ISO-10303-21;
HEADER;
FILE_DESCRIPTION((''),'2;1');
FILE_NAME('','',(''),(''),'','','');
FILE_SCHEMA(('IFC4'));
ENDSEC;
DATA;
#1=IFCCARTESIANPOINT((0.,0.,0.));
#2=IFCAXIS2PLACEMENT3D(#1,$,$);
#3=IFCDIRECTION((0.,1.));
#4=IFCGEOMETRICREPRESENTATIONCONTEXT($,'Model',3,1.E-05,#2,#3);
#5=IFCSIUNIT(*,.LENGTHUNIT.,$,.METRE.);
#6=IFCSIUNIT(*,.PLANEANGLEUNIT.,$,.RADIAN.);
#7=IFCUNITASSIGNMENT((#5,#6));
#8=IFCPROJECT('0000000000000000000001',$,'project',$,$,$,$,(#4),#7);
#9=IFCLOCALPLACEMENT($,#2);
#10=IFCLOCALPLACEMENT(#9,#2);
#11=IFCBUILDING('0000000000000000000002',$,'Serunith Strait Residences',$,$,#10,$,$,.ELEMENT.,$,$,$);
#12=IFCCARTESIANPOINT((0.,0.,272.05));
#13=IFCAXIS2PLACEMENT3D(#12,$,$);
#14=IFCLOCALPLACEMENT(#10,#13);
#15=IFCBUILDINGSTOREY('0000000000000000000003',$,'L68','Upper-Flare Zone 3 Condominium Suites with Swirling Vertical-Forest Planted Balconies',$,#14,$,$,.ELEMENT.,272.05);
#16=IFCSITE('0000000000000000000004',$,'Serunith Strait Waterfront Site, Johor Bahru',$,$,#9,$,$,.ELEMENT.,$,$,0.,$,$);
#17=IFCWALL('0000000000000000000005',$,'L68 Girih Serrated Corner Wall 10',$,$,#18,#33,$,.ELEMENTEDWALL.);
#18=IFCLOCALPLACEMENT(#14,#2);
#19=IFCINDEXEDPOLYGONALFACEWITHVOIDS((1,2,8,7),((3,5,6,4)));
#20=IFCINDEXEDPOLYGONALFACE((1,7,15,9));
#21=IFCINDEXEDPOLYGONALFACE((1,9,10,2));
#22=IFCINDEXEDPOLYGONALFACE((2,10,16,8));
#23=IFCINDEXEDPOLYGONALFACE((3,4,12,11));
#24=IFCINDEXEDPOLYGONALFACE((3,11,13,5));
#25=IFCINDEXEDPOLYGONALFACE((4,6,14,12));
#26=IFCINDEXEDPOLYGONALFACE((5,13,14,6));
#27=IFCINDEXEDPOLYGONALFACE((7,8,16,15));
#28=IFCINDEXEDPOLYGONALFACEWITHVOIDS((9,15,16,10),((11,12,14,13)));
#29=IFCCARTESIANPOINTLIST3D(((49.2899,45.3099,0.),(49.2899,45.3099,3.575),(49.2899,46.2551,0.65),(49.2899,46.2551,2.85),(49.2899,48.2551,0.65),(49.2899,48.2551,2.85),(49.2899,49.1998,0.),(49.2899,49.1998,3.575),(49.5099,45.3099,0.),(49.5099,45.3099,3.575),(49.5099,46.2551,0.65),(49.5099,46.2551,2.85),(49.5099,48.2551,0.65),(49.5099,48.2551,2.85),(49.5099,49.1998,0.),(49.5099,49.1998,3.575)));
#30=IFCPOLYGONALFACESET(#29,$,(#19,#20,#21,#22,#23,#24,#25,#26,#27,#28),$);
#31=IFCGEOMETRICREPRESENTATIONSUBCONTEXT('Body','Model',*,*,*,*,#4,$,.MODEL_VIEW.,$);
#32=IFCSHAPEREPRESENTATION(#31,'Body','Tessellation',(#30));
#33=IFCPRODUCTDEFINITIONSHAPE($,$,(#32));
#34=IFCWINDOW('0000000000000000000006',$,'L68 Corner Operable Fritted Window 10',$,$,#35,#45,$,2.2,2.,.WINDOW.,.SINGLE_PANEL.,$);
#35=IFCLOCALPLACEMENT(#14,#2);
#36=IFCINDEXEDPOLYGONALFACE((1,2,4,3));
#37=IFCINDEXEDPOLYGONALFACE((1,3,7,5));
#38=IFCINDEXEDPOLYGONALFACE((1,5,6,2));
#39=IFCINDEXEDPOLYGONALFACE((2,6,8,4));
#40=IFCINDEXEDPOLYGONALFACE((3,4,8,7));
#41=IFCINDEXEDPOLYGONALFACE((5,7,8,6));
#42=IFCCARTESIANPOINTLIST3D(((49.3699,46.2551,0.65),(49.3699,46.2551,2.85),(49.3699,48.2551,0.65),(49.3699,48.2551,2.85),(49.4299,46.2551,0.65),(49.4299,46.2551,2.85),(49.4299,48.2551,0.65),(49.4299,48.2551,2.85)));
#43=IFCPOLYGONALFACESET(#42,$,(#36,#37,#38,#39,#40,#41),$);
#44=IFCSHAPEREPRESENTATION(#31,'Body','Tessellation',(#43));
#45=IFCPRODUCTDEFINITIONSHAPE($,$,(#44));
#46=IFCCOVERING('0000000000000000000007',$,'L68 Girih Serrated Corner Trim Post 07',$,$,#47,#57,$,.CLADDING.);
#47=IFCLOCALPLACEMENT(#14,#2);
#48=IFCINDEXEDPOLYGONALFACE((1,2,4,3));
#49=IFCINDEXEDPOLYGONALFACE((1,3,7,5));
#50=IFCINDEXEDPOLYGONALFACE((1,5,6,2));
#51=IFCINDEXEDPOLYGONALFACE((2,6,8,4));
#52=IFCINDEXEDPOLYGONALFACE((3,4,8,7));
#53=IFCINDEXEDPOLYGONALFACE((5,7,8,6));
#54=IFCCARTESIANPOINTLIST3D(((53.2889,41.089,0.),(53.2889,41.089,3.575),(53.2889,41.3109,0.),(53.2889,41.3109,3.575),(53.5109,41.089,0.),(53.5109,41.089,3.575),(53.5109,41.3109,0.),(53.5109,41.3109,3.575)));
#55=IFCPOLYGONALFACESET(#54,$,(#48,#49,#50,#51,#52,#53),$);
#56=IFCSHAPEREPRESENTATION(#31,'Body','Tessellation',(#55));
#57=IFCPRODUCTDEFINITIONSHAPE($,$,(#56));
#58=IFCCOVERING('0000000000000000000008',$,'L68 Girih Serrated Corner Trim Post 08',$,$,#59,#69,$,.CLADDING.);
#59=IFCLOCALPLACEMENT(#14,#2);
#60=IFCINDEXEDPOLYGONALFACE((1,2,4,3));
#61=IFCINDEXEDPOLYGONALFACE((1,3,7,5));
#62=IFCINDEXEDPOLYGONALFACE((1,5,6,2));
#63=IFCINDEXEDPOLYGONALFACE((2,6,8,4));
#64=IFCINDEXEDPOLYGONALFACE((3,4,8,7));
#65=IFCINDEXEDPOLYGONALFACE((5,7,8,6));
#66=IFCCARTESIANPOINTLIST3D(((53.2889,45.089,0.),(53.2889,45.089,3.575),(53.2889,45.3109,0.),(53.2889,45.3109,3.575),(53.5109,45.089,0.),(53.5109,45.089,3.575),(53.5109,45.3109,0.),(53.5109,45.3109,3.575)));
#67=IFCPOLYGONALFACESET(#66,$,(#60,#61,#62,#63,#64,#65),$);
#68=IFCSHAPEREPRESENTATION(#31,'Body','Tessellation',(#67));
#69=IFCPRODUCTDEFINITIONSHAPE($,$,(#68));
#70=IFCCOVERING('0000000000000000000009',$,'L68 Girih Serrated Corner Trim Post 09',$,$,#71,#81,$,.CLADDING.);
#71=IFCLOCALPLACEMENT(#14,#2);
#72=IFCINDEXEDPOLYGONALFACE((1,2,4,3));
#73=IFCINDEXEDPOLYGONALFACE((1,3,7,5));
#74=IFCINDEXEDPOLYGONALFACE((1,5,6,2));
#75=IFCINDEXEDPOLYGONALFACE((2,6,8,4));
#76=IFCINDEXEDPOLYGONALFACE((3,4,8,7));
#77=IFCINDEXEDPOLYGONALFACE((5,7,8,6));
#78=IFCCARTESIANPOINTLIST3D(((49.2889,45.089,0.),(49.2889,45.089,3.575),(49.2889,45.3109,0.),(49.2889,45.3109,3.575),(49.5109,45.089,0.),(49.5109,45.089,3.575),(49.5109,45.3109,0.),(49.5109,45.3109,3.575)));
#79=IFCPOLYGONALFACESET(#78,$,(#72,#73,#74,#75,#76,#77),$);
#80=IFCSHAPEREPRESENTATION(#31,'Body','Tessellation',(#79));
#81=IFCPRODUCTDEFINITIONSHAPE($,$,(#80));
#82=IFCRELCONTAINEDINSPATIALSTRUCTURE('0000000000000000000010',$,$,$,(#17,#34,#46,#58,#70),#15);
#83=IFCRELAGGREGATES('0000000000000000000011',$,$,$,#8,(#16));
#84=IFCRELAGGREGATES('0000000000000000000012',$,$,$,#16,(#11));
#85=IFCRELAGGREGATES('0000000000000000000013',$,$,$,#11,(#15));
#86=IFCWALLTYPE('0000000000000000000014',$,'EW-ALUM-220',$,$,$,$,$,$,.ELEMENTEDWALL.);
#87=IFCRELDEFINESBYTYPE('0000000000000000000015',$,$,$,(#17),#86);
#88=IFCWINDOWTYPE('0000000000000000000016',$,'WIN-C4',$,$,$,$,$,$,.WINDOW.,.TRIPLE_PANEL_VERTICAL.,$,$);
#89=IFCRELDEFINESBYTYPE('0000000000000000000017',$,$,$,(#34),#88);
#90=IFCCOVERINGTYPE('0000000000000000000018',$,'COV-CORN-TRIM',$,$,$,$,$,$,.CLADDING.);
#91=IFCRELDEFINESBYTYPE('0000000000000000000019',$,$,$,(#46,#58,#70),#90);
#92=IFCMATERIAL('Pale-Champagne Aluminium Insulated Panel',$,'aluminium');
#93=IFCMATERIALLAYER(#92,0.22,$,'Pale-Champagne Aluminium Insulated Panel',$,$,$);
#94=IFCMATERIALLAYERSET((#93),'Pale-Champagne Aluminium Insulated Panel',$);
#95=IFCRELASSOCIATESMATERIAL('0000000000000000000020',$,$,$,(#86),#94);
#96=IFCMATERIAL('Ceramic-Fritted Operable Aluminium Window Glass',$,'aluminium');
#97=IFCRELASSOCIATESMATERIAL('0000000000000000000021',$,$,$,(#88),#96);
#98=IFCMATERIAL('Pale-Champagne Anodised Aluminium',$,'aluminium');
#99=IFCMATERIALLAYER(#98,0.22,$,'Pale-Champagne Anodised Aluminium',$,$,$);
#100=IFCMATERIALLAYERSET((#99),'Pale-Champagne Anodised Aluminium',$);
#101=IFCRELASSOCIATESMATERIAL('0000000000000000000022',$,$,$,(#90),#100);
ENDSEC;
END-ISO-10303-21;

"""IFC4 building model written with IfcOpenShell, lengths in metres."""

from ifc_helpers import new_model, si_unit, direction, frame, frame_2d, origin, origin_2d, place, context, subcontext, project, spatial, rectangle, extrude, source, transform, mapped, material, layer, layer_set, type_object, element, fill, save


model = new_model("IFC4")

# Units and contexts
model_context = context("Model", 3, precision=1e-05, world=origin(), true_north=direction((0.0, 1.0)))
body_context = subcontext(model_context, "Body", "Model", "MODEL_VIEW")
ifc_project = project(units=[si_unit("LENGTHUNIT", "METRE"), si_unit("PLANEANGLEUNIT", "RADIAN")], contexts=[model_context])

# Site, building, storey
site_placement = place(None, origin())
site = spatial("IfcSite", under=ifc_project, at=site_placement, Name="Serunith Strait Waterfront Site, Johor Bahru", CompositionType="ELEMENT", RefElevation=0.0)
building_placement = place(site_placement, origin())
building = spatial("IfcBuilding", under=site, at=building_placement, Name="Serunith Strait Residences", CompositionType="ELEMENT")
storey_placement = place(building_placement, frame((0.0, 0.0, 272.05)))
storey = spatial("IfcBuildingStorey", under=building, at=storey_placement, Name="L68", Description="Upper-Flare Zone 3 Condominium Suites with Swirling Vertical-Forest Planted Balconies", CompositionType="ELEMENT", Elevation=272.05)

# Shared definitions
ifc_material_1 = material(Name="Pale-Champagne Anodised Aluminium", Category="aluminium")

# Wall, opening, window
ifc_material_2 = material(Name="Pale-Champagne Aluminium Insulated Panel", Category="aluminium")
ifc_layer_1 = layer(ifc_material_2, 0.22, Name="Pale-Champagne Aluminium Insulated Panel")
ifc_layer_set_1 = layer_set([ifc_layer_1], Name="Pale-Champagne Aluminium Insulated Panel")
wall_type = type_object("IfcWallType", Name="EW-ALUM-220", PredefinedType="ELEMENTEDWALL", material=ifc_layer_set_1)
ifc_material_3 = material(Name="Ceramic-Fritted Operable Aluminium Window Glass", Category="aluminium")
window_type = type_object("IfcWindowType", Name="WIN-C4", PartitioningType="TRIPLE_PANEL_VERTICAL", PredefinedType="WINDOW", material=ifc_material_3)
shared_shape_1 = source(origin(), body_context, "Body", "SweptSolid", [
    extrude(rectangle(XDim=2.0, YDim=2.2, at=frame_2d((1.0, 1.1001))), frame((0.0, 0.03, 0.0), z_axis=(0.0, -1.0, 0.0), x_axis=(1.0, 0.0, 0.0)), (0.0, 0.0, 1.0), 0.0601),
])
wall_1_placement = place(storey_placement, frame((49.3999, 45.3101, 0.0), z_axis=(0.0, 0.0, 1.0), x_axis=(0.0, 1.0, 0.0)))
wall_1 = element("IfcWall", 1, at=wall_1_placement, inside=storey, type_object=wall_type, Name="L68 Girih Serrated Corner Wall 10", PredefinedType="ELEMENTEDWALL", context=body_context, shape_type="SweptSolid", body=[
    extrude(rectangle(XDim=3.8899, YDim=0.22, at=frame_2d((1.9448, 0.0))), origin(), (0.0, 0.0, 1.0), 3.575),
])
opening_1_placement = place(wall_1_placement, frame((0.9451, 0.0, 0.6499)))
opening_1 = element("IfcOpeningElement", 2, at=opening_1_placement, cuts=wall_1, PredefinedType="OPENING", context=body_context, shape_type="SweptSolid", body=[
    extrude(rectangle(XDim=2.0, YDim=2.2, at=frame_2d((1.0, 1.1001))), frame((0.0, 0.1201, 0.0), z_axis=(0.0, -1.0, 0.0), x_axis=(1.0, 0.0, 0.0)), (0.0, 0.0, 1.0), 0.24),
])
window_1_placement = place(opening_1_placement, origin())
window_1 = element("IfcWindow", 3, at=window_1_placement, inside=storey, type_object=window_type, Name="L68 Corner Operable Fritted Window 10", OverallHeight=2.2, OverallWidth=2.0, PartitioningType="SINGLE_PANEL", PredefinedType="WINDOW", context=body_context, shape_type="MappedRepresentation", body=[
    mapped(shared_shape_1, transform((0.0, 0.0, 0.0), scale=1.0)),
])
fill(opening_1, window_1)

# Coverings
ifc_layer_2 = layer(ifc_material_1, 0.22, Name="Pale-Champagne Anodised Aluminium")
ifc_layer_set_2 = layer_set([ifc_layer_2], Name="Pale-Champagne Anodised Aluminium")
covering_type = type_object("IfcCoveringType", Name="COV-CORN-TRIM", PredefinedType="CLADDING", material=ifc_layer_set_2)
shared_shape_2 = source(origin(), body_context, "Body", "SweptSolid", [
    extrude(rectangle(XDim=0.2219, YDim=0.2219, at=origin_2d()), origin(), (0.0, 0.0, 1.0), 3.575),
])
for number, where, z_axis, x_axis, name in (
    (4, (53.3999, 41.2, 0.0), (0.0, 0.0, 1.0), (1.0, 0.0, 0.0), "L68 Girih Serrated Corner Trim Post 07"),
    (5, (53.3999, 45.2, 0.0), (0.0, 0.0, 1.0), (1.0, 0.0, 0.0), "L68 Girih Serrated Corner Trim Post 08"),
    (6, (49.3999, 45.2, 0.0), (0.0, 0.0, 1.0), (1.0, 0.0, 0.0), "L68 Girih Serrated Corner Trim Post 09"),
):
    element("IfcCovering", number, at=place(storey_placement, frame(where, z_axis=z_axis, x_axis=x_axis)), inside=storey, type_object=covering_type, Name=name, PredefinedType="CLADDING", context=body_context, shape_type="MappedRepresentation", body=[
        mapped(shared_shape_2, transform((0.0, 0.0, 0.0), scale=1.0)),
    ])

save(model, "model.ifc")
